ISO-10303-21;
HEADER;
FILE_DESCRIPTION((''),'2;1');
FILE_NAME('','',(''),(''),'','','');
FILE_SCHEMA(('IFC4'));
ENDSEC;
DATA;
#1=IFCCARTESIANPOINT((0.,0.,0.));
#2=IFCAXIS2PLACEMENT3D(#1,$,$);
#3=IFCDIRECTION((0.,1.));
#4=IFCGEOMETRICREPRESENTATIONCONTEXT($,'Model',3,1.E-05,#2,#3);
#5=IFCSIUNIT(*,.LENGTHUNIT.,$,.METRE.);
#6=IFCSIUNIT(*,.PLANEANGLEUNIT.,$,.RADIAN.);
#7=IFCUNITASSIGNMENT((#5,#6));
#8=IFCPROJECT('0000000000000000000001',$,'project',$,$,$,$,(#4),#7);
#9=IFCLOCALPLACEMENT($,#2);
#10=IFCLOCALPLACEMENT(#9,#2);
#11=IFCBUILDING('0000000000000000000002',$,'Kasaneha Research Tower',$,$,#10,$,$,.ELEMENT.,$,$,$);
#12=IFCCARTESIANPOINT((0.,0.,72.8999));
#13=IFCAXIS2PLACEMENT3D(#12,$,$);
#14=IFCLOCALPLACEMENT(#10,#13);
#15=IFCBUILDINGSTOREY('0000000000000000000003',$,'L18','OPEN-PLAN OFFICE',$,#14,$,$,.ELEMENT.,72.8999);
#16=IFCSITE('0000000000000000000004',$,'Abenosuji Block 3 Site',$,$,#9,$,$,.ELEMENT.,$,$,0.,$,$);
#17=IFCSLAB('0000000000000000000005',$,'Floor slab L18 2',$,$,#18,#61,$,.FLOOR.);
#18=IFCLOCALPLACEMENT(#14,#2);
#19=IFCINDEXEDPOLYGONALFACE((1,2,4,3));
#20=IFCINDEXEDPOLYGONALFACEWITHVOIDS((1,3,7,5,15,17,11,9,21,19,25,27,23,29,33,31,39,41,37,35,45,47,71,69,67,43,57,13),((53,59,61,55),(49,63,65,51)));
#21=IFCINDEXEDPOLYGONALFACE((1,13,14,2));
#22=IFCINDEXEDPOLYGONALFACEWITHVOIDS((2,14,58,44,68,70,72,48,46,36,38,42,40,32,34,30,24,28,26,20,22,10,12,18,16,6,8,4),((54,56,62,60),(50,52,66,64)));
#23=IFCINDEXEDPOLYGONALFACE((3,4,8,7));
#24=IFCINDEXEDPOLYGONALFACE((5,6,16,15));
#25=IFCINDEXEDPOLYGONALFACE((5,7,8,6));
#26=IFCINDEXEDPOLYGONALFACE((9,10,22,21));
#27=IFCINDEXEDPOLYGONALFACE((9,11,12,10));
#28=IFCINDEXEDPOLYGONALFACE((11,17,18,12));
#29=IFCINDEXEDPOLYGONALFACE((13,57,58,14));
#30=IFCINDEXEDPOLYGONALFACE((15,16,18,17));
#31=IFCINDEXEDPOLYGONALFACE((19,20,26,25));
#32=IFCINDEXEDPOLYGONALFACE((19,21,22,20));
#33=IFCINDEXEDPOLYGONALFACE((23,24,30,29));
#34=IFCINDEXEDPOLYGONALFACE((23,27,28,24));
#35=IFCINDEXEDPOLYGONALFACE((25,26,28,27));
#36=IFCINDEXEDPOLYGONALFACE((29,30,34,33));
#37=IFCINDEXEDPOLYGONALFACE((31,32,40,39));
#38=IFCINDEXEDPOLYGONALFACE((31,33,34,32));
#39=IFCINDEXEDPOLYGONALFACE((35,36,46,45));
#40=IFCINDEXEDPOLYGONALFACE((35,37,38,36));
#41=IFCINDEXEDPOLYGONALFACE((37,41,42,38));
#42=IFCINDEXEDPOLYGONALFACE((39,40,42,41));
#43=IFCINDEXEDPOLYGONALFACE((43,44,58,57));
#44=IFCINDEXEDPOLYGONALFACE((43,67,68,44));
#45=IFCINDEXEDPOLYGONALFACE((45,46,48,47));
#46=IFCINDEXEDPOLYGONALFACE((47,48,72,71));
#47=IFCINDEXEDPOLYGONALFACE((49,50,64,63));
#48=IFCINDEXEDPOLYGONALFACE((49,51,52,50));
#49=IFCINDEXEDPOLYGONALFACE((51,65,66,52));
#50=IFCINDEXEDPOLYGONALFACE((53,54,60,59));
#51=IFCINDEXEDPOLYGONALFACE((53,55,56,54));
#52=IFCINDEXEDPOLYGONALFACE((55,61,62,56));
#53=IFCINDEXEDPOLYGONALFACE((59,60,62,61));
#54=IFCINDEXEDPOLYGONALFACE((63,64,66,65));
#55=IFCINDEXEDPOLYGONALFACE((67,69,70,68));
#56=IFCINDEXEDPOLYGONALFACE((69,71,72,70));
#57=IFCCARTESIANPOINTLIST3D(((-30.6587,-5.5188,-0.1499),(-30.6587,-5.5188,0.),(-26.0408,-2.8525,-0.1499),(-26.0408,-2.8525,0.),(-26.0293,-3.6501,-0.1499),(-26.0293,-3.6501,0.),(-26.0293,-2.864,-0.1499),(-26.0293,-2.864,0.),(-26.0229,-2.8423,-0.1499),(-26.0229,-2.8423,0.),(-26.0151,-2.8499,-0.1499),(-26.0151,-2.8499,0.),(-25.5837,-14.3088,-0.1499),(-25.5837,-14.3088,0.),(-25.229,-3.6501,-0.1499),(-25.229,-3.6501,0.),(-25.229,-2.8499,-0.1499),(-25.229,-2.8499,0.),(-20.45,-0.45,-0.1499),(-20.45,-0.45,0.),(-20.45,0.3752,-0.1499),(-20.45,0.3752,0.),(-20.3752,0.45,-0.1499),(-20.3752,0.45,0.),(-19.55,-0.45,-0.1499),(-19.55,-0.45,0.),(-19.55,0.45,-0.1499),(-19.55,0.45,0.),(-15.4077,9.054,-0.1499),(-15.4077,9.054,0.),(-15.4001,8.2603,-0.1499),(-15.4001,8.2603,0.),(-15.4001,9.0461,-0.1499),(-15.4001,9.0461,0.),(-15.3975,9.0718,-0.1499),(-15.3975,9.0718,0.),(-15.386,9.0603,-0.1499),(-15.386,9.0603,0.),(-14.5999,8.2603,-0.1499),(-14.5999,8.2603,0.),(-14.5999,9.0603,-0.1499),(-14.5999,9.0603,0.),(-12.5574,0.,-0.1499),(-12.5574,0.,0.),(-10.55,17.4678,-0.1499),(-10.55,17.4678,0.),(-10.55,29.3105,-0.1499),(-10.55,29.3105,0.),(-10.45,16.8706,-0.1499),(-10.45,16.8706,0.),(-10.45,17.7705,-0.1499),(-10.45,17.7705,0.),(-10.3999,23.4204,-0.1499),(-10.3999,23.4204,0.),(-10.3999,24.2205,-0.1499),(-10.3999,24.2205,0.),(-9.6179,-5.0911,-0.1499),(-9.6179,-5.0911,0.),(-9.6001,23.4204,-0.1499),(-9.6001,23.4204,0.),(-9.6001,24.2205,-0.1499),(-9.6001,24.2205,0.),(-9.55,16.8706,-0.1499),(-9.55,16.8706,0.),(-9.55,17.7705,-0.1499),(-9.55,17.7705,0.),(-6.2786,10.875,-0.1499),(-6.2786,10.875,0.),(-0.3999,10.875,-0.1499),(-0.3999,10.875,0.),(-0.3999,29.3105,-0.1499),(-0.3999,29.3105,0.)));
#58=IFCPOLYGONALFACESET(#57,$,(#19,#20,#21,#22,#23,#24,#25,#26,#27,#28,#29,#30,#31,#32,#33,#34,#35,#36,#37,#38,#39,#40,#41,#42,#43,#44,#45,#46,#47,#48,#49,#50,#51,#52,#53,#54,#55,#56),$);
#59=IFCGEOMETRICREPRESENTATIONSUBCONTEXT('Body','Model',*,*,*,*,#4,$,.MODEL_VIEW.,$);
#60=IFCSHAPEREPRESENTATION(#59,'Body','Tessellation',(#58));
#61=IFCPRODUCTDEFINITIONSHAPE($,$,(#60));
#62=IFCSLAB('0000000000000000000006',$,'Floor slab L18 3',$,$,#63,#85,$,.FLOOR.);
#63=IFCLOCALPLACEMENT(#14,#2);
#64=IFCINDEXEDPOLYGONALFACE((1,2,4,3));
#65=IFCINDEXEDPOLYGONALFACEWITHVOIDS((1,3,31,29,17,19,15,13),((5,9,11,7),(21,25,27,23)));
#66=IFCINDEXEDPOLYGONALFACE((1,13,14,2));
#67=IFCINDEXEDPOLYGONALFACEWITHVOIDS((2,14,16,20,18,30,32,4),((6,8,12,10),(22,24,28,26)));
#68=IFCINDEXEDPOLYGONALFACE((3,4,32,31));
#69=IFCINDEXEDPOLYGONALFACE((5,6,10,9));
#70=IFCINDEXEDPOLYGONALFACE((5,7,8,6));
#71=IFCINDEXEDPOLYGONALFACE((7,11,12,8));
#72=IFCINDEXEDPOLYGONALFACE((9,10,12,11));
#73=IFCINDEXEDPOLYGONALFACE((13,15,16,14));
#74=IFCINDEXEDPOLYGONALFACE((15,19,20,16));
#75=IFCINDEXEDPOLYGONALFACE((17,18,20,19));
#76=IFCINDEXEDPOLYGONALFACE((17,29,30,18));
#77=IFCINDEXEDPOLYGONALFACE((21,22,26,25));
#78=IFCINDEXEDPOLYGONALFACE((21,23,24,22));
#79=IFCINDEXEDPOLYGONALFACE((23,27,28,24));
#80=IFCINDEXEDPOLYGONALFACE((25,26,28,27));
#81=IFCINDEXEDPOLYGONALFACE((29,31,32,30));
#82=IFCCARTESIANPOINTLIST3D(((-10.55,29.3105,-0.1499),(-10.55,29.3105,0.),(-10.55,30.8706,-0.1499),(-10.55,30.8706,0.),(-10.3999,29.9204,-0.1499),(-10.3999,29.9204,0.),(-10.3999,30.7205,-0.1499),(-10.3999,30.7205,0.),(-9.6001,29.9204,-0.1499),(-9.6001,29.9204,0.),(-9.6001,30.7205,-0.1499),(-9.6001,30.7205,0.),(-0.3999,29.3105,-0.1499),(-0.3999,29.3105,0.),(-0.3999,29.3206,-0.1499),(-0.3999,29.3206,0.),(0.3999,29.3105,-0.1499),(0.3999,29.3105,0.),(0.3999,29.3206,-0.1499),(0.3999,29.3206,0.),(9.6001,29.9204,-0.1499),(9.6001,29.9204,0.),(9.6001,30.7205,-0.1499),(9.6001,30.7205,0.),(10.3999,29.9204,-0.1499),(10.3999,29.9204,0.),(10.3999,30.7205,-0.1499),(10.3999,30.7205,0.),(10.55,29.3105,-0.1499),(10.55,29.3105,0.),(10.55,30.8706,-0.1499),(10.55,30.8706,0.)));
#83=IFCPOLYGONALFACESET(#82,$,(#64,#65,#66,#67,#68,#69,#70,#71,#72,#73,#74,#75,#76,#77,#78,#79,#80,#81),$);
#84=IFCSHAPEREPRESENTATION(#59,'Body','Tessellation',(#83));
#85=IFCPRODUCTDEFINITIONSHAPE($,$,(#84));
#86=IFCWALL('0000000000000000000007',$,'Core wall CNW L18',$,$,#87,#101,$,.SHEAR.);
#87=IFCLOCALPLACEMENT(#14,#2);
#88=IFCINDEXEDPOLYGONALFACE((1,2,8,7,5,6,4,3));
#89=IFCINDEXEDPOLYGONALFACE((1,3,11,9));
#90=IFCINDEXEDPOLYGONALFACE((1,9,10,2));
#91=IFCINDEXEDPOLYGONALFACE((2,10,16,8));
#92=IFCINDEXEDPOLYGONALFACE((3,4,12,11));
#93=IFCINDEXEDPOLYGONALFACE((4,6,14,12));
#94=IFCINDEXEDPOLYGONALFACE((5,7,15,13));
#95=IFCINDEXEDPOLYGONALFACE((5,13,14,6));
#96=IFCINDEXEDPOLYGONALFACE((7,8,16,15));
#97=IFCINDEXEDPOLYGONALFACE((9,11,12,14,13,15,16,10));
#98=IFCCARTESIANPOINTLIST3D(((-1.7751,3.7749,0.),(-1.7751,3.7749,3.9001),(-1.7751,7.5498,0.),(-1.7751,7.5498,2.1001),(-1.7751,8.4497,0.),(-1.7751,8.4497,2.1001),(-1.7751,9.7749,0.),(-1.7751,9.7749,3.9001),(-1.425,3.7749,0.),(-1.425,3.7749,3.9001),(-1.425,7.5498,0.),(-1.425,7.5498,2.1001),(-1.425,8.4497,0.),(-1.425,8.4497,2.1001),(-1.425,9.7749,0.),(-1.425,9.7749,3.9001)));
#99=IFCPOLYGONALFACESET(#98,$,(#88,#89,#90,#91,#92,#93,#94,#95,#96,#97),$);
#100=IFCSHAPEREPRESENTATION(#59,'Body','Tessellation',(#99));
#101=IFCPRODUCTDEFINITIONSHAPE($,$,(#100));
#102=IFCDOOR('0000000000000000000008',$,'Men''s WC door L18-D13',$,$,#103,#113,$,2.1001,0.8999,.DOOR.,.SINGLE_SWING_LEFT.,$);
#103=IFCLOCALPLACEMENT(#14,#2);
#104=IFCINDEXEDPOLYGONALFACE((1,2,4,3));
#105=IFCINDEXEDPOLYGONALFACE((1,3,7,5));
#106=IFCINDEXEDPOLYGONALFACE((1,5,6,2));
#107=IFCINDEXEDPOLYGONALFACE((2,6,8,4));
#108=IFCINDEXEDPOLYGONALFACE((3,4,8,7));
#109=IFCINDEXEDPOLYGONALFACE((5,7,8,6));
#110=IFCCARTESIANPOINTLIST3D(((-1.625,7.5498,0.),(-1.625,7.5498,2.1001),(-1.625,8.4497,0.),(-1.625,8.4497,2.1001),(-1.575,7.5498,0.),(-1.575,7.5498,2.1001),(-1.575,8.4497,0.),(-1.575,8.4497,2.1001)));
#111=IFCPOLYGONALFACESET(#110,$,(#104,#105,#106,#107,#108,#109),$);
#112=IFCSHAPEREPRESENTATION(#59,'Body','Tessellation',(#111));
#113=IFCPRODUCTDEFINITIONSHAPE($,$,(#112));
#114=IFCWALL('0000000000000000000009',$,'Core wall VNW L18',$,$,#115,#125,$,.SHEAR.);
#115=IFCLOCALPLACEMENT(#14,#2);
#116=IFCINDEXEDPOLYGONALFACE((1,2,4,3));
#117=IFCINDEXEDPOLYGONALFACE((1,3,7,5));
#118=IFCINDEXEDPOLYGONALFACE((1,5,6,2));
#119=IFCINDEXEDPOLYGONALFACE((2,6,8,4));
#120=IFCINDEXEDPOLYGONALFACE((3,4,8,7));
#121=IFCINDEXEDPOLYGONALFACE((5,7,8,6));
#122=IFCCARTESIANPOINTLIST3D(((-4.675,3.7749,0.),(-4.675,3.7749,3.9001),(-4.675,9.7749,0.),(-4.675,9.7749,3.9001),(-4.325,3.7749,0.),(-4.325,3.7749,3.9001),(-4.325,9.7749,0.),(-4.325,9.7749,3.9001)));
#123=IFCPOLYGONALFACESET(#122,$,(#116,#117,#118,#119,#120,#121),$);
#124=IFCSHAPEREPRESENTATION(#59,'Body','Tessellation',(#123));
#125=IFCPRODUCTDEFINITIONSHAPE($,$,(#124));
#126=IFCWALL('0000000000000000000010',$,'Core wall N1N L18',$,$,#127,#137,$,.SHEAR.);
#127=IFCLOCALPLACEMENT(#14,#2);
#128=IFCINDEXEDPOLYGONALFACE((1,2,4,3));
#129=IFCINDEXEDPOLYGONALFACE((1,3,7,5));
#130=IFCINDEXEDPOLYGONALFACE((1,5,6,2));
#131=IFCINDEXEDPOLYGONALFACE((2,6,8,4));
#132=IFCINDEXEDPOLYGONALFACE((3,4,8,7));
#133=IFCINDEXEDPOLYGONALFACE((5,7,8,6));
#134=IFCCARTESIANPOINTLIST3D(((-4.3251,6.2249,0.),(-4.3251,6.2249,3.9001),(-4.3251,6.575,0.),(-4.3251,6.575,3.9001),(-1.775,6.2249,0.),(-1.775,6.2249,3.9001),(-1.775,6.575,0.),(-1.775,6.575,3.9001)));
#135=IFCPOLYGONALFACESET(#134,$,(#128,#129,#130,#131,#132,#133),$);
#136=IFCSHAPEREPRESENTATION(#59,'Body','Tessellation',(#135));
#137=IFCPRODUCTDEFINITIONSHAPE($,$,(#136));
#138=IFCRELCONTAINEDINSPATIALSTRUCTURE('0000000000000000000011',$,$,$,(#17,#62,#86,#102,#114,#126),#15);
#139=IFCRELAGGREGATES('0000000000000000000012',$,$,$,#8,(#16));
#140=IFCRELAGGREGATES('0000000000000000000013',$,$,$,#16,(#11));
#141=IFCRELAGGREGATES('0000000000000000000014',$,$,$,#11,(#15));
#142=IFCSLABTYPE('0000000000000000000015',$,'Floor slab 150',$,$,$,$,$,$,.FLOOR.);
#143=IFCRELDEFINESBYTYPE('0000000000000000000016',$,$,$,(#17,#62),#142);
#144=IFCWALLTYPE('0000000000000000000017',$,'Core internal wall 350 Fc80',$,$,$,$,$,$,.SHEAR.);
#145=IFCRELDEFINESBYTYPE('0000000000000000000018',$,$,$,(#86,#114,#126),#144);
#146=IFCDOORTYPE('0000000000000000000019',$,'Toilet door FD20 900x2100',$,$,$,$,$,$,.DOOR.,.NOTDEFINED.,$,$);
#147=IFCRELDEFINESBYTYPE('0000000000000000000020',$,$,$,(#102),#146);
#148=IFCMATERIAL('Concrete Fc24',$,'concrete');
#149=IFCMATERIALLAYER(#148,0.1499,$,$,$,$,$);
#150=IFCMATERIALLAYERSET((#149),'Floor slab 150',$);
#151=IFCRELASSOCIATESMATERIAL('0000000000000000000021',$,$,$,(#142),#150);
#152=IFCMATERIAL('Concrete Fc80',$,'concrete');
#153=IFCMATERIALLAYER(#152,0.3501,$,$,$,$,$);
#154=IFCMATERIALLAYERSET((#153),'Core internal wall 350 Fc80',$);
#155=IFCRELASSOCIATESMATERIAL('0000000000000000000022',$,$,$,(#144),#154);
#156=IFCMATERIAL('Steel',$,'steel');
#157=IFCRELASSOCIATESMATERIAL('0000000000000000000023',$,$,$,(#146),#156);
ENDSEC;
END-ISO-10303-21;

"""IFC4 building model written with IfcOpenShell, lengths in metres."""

from ifc_helpers import new_model, si_unit, direction, frame, frame_2d, origin, place, context, subcontext, project, spatial, polyline, rectangle, outline, extrude, material, layer, layer_set, type_object, element, fill, save


model = new_model("IFC4")

# Units and contexts
model_context = context("Model", 3, precision=1e-05, world=origin(), true_north=direction((0.0, 1.0)))
body_context = subcontext(model_context, "Body", "Model", "MODEL_VIEW")
ifc_project = project(units=[si_unit("LENGTHUNIT", "METRE"), si_unit("PLANEANGLEUNIT", "RADIAN")], contexts=[model_context])

# Site, building, storey
site_placement = place(None, origin())
site = spatial("IfcSite", under=ifc_project, at=site_placement, Name="Abenosuji Block 3 Site", CompositionType="ELEMENT", RefElevation=0.0)
building_placement = place(site_placement, origin())
building = spatial("IfcBuilding", under=site, at=building_placement, Name="Kasaneha Research Tower", CompositionType="ELEMENT")
storey_placement = place(building_placement, frame((0.0, 0.0, 72.8999)))
storey = spatial("IfcBuildingStorey", under=building, at=storey_placement, Name="L18", Description="OPEN-PLAN OFFICE", CompositionType="ELEMENT", Elevation=72.8999)

# Slabs
ifc_material_1 = material(Name="Concrete Fc24", Category="concrete")
ifc_layer_1 = layer(ifc_material_1, 0.1499)
ifc_layer_set_1 = layer_set([ifc_layer_1], Name="Floor slab 150")
slab_type = type_object("IfcSlabType", Name="Floor slab 150", PredefinedType="FLOOR", material=ifc_layer_set_1)
slab_1_placement = place(storey_placement, frame((0.0, 0.0, -0.1499)))
element("IfcSlab", 1, at=slab_1_placement, inside=storey, type_object=slab_type, Name="Floor slab L18 2", PredefinedType="FLOOR", context=body_context, shape_type="SweptSolid", body=[
    extrude(outline(polyline([(-20.3752, 0.45), (-15.4077, 9.054), (-15.4001, 9.0461), (-15.4001, 8.2603), (-14.5999, 8.2603), (-14.5999, 9.0603), (-15.386, 9.0603), (-15.3975, 9.0718), (-10.55, 17.4678), (-10.55, 29.3105), (-0.3999, 29.3105), (-0.3999, 10.875), (-6.2786, 10.875), (-12.5574, 0.0), (-9.6179, -5.0911), (-25.5837, -14.3088), (-30.6587, -5.5188), (-26.0408, -2.8525), (-26.0293, -2.864), (-26.0293, -3.6501), (-25.229, -3.6501), (-25.229, -2.8499), (-26.0151, -2.8499), (-26.0229, -2.8423), (-20.45, 0.3752), (-20.45, -0.45), (-19.55, -0.45), (-19.55, 0.45), (-20.3752, 0.45)]), holes=[polyline([(-9.55, 17.7705), (-10.45, 17.7705), (-10.45, 16.8706), (-9.55, 16.8706), (-9.55, 17.7705)]), polyline([(-9.6001, 23.4204), (-9.6001, 24.2205), (-10.3999, 24.2205), (-10.3999, 23.4204), (-9.6001, 23.4204)])]), origin(), (0.0, 0.0, 1.0), 0.1499),
])
slab_2_placement = place(storey_placement, frame((0.0, 0.0, -0.1499)))
element("IfcSlab", 2, at=slab_2_placement, inside=storey, type_object=slab_type, Name="Floor slab L18 3", PredefinedType="FLOOR", context=body_context, shape_type="SweptSolid", body=[
    extrude(outline(polyline([(10.55, 29.3105), (0.3999, 29.3105), (0.3999, 29.3206), (-0.3999, 29.3206), (-0.3999, 29.3105), (-10.55, 29.3105), (-10.55, 30.8706), (10.55, 30.8706), (10.55, 29.3105)]), holes=[polyline([(-9.6001, 30.7205), (-10.3999, 30.7205), (-10.3999, 29.9204), (-9.6001, 29.9204), (-9.6001, 30.7205)]), polyline([(10.3999, 29.9204), (10.3999, 30.7205), (9.6001, 30.7205), (9.6001, 29.9204), (10.3999, 29.9204)])]), origin(), (0.0, 0.0, 1.0), 0.1499),
])

# Shared definitions
ifc_material_2 = material(Name="Concrete Fc80", Category="concrete")
ifc_layer_2 = layer(ifc_material_2, 0.3501)
ifc_layer_set_2 = layer_set([ifc_layer_2], Name="Core internal wall 350 Fc80")
wall_type_1 = type_object("IfcWallType", Name="Core internal wall 350 Fc80", PredefinedType="SHEAR", material=ifc_layer_set_2)

# Wall, opening, door
wall_1_placement = place(storey_placement, frame((-1.6001, 3.7749, 0.0), z_axis=(0.0, 0.0, 1.0), x_axis=(0.0, 1.0, 0.0)))
wall_1 = element("IfcWall", 3, at=wall_1_placement, inside=storey, type_object=wall_type_1, Name="Core wall CNW L18", PredefinedType="SHEAR", context=body_context, shape_type="SweptSolid", body=[
    extrude(rectangle(XDim=6.0, YDim=0.3501, at=frame_2d((3.0, 0.0))), origin(), (0.0, 0.0, 1.0), 3.9001),
])
opening_1_placement = place(wall_1_placement, frame((3.7749, 0.0, 0.0)))
opening_1 = element("IfcOpeningElement", 4, at=opening_1_placement, cuts=wall_1, PredefinedType="OPENING", context=body_context, shape_type="SweptSolid", body=[
    extrude(rectangle(XDim=0.8999, YDim=2.1001, at=frame_2d((0.45, 1.05))), frame((0.0, 0.1851, 0.0), z_axis=(0.0, -1.0, 0.0), x_axis=(1.0, 0.0, 0.0)), (0.0, 0.0, 1.0), 0.3701),
])
ifc_material_3 = material(Name="Steel", Category="steel")
door_type_1 = type_object("IfcDoorType", Name="Toilet door FD20 900x2100", OperationType="NOTDEFINED", PredefinedType="DOOR", material=ifc_material_3)
door_1_placement = place(opening_1_placement, origin())
door_1 = element("IfcDoor", 5, at=door_1_placement, inside=storey, type_object=door_type_1, Name="Men's WC door L18-D13", OperationType="SINGLE_SWING_LEFT", OverallHeight=2.1001, OverallWidth=0.8999, PredefinedType="DOOR", context=body_context, shape_type="SweptSolid", body=[
    extrude(rectangle(XDim=0.8999, YDim=2.1001, at=frame_2d((0.45, 1.05))), frame((0.0, 0.0249, 0.0), z_axis=(0.0, -1.0, 0.0), x_axis=(1.0, 0.0, 0.0)), (0.0, 0.0, 1.0), 0.05),
])
fill(opening_1, door_1)

# Walls
wall_2_placement = place(storey_placement, frame((-4.5, 3.7749, 0.0), z_axis=(0.0, 0.0, 1.0), x_axis=(0.0, 1.0, 0.0)))
element("IfcWall", 6, at=wall_2_placement, inside=storey, type_object=wall_type_1, Name="Core wall VNW L18", PredefinedType="SHEAR", context=body_context, shape_type="SweptSolid", body=[
    extrude(rectangle(XDim=6.0, YDim=0.3501, at=frame_2d((3.0, 0.0))), origin(), (0.0, 0.0, 1.0), 3.9001),
])
wall_3_placement = place(storey_placement, frame((-4.325, 6.3999, 0.0), z_axis=(0.0, 0.0, 1.0), x_axis=(1.0, 0.0, 0.0)))
element("IfcWall", 7, at=wall_3_placement, inside=storey, type_object=wall_type_1, Name="Core wall N1N L18", PredefinedType="SHEAR", context=body_context, shape_type="SweptSolid", body=[
    extrude(rectangle(XDim=2.55, YDim=0.3501, at=frame_2d((1.2749, 0.0))), origin(), (0.0, 0.0, 1.0), 3.9001),
])

save(model, "model.ifc")
